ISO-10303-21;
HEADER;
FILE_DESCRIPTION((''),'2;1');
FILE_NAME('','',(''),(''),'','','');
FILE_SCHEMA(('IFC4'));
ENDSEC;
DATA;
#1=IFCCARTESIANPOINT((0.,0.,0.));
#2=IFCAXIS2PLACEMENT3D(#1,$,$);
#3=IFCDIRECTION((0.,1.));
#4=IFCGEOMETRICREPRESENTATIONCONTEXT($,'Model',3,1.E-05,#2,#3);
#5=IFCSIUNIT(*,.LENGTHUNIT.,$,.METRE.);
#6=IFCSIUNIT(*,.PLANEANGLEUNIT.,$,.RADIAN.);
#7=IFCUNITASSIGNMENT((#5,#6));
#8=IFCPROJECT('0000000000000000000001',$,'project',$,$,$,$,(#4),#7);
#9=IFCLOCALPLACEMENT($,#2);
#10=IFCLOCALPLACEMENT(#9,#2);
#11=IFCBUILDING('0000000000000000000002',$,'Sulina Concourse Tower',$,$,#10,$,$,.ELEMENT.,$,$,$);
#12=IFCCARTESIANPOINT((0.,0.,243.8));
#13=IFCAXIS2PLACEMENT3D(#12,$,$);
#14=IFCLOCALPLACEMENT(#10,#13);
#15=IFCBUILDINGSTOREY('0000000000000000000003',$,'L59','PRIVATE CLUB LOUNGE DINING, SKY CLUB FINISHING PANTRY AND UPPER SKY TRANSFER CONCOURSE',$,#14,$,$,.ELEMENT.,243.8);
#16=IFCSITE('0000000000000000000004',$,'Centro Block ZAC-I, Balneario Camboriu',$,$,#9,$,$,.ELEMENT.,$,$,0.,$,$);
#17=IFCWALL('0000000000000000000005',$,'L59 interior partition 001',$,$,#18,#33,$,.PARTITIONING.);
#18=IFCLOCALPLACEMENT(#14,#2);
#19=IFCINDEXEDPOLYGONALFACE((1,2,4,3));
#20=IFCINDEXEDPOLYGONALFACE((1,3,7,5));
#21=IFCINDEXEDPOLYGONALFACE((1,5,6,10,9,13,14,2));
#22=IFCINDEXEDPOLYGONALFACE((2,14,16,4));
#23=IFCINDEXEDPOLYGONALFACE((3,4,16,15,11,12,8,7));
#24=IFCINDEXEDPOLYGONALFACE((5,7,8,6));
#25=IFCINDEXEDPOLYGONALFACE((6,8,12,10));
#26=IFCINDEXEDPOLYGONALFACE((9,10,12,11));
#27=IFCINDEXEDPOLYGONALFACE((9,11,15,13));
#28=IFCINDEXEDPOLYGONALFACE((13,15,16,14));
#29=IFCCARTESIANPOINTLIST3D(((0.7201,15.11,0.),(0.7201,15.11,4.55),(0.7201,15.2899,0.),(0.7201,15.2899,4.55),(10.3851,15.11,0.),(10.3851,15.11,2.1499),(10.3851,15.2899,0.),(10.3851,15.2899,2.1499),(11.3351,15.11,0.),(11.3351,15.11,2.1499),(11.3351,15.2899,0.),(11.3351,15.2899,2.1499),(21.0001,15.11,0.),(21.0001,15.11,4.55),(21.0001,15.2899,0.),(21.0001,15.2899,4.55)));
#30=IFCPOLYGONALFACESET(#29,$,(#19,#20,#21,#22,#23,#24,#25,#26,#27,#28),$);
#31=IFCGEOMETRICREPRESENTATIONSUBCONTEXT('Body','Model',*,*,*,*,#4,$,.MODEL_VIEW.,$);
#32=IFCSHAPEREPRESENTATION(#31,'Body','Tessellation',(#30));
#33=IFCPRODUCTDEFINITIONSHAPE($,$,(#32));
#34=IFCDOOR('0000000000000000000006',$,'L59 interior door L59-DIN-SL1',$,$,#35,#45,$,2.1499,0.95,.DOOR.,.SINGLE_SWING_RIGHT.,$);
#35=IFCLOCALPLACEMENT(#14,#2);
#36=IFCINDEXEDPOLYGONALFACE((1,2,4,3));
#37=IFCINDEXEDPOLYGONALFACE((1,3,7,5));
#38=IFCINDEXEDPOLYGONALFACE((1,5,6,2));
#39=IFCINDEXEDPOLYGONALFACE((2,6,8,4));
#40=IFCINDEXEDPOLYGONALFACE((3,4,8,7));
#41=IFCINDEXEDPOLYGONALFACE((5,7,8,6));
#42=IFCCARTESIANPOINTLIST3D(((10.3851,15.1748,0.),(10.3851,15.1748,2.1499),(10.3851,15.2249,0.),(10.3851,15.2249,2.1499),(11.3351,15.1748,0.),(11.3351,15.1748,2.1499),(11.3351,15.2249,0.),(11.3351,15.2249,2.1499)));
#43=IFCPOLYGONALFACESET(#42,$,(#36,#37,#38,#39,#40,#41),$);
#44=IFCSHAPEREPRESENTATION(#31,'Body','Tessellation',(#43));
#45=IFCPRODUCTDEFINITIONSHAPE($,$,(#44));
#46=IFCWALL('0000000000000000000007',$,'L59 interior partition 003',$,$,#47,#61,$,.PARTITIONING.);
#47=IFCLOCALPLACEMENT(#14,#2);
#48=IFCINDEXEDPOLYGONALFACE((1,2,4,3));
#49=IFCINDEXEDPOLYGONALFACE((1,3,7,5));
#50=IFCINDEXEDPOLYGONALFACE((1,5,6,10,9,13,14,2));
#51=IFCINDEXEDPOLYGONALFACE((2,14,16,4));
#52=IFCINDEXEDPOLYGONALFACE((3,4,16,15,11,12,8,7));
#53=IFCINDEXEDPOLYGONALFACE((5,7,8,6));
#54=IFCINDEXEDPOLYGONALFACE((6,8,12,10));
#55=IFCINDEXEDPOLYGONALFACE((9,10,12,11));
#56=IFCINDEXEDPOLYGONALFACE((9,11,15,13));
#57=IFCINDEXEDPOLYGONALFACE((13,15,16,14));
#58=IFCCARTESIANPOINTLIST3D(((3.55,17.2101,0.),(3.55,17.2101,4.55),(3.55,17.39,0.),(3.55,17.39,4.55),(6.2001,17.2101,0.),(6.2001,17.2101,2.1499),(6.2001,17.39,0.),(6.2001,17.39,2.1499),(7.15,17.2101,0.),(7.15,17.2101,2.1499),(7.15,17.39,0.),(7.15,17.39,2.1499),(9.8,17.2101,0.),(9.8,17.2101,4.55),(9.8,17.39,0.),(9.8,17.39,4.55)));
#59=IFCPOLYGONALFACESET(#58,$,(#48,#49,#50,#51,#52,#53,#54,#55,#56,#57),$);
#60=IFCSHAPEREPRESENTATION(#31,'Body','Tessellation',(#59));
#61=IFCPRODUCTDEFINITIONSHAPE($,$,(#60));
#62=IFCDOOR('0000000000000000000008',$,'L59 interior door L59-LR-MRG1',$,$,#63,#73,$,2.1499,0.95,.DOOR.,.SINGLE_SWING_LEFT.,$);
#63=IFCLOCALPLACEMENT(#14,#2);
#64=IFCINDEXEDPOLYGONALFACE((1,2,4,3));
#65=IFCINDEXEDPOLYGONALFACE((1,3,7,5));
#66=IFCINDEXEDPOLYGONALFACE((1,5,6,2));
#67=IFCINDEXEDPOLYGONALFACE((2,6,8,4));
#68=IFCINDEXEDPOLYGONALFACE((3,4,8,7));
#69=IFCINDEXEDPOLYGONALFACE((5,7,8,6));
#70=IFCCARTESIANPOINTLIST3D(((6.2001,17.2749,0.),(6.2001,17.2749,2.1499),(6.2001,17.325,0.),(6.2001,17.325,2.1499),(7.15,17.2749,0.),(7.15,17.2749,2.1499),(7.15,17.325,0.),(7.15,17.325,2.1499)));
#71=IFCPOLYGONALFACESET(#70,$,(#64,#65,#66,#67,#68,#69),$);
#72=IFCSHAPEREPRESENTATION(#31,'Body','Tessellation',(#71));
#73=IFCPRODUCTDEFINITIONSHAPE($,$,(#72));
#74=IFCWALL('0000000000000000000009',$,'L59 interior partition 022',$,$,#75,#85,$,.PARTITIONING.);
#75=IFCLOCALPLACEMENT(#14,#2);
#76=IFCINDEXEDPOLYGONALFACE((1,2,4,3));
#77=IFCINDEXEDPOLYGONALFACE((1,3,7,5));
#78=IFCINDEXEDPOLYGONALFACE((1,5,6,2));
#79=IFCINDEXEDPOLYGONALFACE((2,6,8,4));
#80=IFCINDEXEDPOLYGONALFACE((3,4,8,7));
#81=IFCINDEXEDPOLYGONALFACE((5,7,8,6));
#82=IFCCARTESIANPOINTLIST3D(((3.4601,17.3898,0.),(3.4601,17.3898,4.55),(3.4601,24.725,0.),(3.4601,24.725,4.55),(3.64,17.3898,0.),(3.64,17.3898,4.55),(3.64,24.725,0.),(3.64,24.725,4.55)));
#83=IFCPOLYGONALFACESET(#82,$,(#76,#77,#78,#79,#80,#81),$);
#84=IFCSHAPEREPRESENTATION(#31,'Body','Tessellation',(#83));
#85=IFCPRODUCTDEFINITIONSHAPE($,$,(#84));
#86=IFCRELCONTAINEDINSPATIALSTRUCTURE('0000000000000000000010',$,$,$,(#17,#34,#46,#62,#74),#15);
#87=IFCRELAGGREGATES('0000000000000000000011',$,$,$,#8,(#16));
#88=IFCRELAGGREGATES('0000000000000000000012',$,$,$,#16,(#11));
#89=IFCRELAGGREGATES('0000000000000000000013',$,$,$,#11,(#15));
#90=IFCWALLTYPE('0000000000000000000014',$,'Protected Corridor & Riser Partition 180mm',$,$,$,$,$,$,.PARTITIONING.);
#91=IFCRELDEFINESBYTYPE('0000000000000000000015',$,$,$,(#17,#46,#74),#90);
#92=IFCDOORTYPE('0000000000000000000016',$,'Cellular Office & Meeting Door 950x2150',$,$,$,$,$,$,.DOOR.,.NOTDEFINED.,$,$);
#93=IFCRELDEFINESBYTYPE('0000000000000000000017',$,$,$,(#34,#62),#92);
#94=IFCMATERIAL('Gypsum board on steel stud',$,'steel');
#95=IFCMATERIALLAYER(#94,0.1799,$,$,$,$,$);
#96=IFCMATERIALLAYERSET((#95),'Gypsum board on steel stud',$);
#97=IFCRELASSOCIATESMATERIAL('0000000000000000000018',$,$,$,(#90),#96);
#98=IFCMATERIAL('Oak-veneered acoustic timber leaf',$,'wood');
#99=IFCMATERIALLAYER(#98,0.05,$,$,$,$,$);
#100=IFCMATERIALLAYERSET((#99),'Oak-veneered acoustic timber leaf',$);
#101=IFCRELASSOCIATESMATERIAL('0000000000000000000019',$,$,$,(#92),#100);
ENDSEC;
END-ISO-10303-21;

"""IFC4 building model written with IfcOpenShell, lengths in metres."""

from ifc_helpers import new_model, si_unit, direction, frame, frame_2d, origin, place, context, subcontext, project, spatial, rectangle, extrude, material, layer, layer_set, type_object, element, fill, save


model = new_model("IFC4")

# Units and contexts
model_context = context("Model", 3, precision=1e-05, world=origin(), true_north=direction((0.0, 1.0)))
body_context = subcontext(model_context, "Body", "Model", "MODEL_VIEW")
ifc_project = project(units=[si_unit("LENGTHUNIT", "METRE"), si_unit("PLANEANGLEUNIT", "RADIAN")], contexts=[model_context])

# Site, building, storey
site_placement = place(None, origin())
site = spatial("IfcSite", under=ifc_project, at=site_placement, Name="Centro Block ZAC-I, Balneario Camboriu", CompositionType="ELEMENT", RefElevation=0.0)
building_placement = place(site_placement, origin())
building = spatial("IfcBuilding", under=site, at=building_placement, Name="Sulina Concourse Tower", CompositionType="ELEMENT")
storey_placement = place(building_placement, frame((0.0, 0.0, 243.8)))
storey = spatial("IfcBuildingStorey", under=building, at=storey_placement, Name="L59", Description="PRIVATE CLUB LOUNGE DINING, SKY CLUB FINISHING PANTRY AND UPPER SKY TRANSFER CONCOURSE", CompositionType="ELEMENT", Elevation=243.8)

# Walls, openings, doors
ifc_material_1 = material(Name="Gypsum board on steel stud", Category="steel")
ifc_layer_1 = layer(ifc_material_1, 0.1799)
ifc_layer_set_1 = layer_set([ifc_layer_1], Name="Gypsum board on steel stud")
wall_type_1 = type_object("IfcWallType", Name="Protected Corridor & Riser Partition 180mm", PredefinedType="PARTITIONING", material=ifc_layer_set_1)
wall_1_placement = place(storey_placement, frame((0.72, 15.2, 0.0), z_axis=(0.0, 0.0, 1.0), x_axis=(1.0, 0.0, 0.0)))
wall_1 = element("IfcWall", 1, at=wall_1_placement, inside=storey, type_object=wall_type_1, Name="L59 interior partition 001", PredefinedType="PARTITIONING", context=body_context, shape_type="SweptSolid", body=[
    extrude(rectangle(XDim=20.28, YDim=0.1799, at=frame_2d((10.1401, 0.0))), origin(), (0.0, 0.0, 1.0), 4.55),
])
opening_1_placement = place(wall_1_placement, frame((9.665, 0.0, 0.0)))
opening_1 = element("IfcOpeningElement", 2, at=opening_1_placement, cuts=wall_1, PredefinedType="OPENING", context=body_context, shape_type="SweptSolid", body=[
    extrude(rectangle(XDim=0.95, YDim=2.1499, at=frame_2d((0.4751, 1.075))), frame((0.0, 0.0999, 0.0), z_axis=(0.0, -1.0, 0.0), x_axis=(1.0, 0.0, 0.0)), (0.0, 0.0, 1.0), 0.2),
])
ifc_material_2 = material(Name="Oak-veneered acoustic timber leaf", Category="wood")
ifc_layer_2 = layer(ifc_material_2, 0.05)
ifc_layer_set_2 = layer_set([ifc_layer_2], Name="Oak-veneered acoustic timber leaf")
door_type = type_object("IfcDoorType", Name="Cellular Office & Meeting Door 950x2150", OperationType="NOTDEFINED", PredefinedType="DOOR", material=ifc_layer_set_2)
door_1_placement = place(opening_1_placement, origin())
door_1 = element("IfcDoor", 3, at=door_1_placement, inside=storey, type_object=door_type, Name="L59 interior door L59-DIN-SL1", OperationType="SINGLE_SWING_RIGHT", OverallHeight=2.1499, OverallWidth=0.95, PredefinedType="DOOR", context=body_context, shape_type="SweptSolid", body=[
    extrude(rectangle(XDim=0.95, YDim=2.1499, at=frame_2d((0.4751, 1.075))), frame((0.0, 0.0249, 0.0), z_axis=(0.0, -1.0, 0.0), x_axis=(1.0, 0.0, 0.0)), (0.0, 0.0, 1.0), 0.05),
])
fill(opening_1, door_1)
wall_2_placement = place(storey_placement, frame((3.55, 17.3, 0.0), z_axis=(0.0, 0.0, 1.0), x_axis=(1.0, 0.0, 0.0)))
wall_2 = element("IfcWall", 4, at=wall_2_placement, inside=storey, type_object=wall_type_1, Name="L59 interior partition 003", PredefinedType="PARTITIONING", context=body_context, shape_type="SweptSolid", body=[
    extrude(rectangle(XDim=6.25, YDim=0.1799, at=frame_2d((3.125, 0.0))), origin(), (0.0, 0.0, 1.0), 4.55),
])
opening_2_placement = place(wall_2_placement, frame((2.6499, 0.0, 0.0)))
opening_2 = element("IfcOpeningElement", 5, at=opening_2_placement, cuts=wall_2, PredefinedType="OPENING", context=body_context, shape_type="SweptSolid", body=[
    extrude(rectangle(XDim=0.95, YDim=2.1499, at=frame_2d((0.4751, 1.075))), frame((0.0, 0.0999, 0.0), z_axis=(0.0, -1.0, 0.0), x_axis=(1.0, 0.0, 0.0)), (0.0, 0.0, 1.0), 0.2),
])
door_2_placement = place(opening_2_placement, origin())
door_2 = element("IfcDoor", 6, at=door_2_placement, inside=storey, type_object=door_type, Name="L59 interior door L59-LR-MRG1", OperationType="SINGLE_SWING_LEFT", OverallHeight=2.1499, OverallWidth=0.95, PredefinedType="DOOR", context=body_context, shape_type="SweptSolid", body=[
    extrude(rectangle(XDim=0.95, YDim=2.1499, at=frame_2d((0.4751, 1.075))), frame((0.0, 0.0249, 0.0), z_axis=(0.0, -1.0, 0.0), x_axis=(1.0, 0.0, 0.0)), (0.0, 0.0, 1.0), 0.05),
])
fill(opening_2, door_2)

# Wall
wall_3_placement = place(storey_placement, frame((3.55, 17.3899, 0.0), z_axis=(0.0, 0.0, 1.0), x_axis=(0.0, 1.0, 0.0)))
element("IfcWall", 7, at=wall_3_placement, inside=storey, type_object=wall_type_1, Name="L59 interior partition 022", PredefinedType="PARTITIONING", context=body_context, shape_type="SweptSolid", body=[
    extrude(rectangle(XDim=7.3352, YDim=0.1799, at=frame_2d((3.6675, 0.0))), origin(), (0.0, 0.0, 1.0), 4.55),
])

save(model, "model.ifc")
